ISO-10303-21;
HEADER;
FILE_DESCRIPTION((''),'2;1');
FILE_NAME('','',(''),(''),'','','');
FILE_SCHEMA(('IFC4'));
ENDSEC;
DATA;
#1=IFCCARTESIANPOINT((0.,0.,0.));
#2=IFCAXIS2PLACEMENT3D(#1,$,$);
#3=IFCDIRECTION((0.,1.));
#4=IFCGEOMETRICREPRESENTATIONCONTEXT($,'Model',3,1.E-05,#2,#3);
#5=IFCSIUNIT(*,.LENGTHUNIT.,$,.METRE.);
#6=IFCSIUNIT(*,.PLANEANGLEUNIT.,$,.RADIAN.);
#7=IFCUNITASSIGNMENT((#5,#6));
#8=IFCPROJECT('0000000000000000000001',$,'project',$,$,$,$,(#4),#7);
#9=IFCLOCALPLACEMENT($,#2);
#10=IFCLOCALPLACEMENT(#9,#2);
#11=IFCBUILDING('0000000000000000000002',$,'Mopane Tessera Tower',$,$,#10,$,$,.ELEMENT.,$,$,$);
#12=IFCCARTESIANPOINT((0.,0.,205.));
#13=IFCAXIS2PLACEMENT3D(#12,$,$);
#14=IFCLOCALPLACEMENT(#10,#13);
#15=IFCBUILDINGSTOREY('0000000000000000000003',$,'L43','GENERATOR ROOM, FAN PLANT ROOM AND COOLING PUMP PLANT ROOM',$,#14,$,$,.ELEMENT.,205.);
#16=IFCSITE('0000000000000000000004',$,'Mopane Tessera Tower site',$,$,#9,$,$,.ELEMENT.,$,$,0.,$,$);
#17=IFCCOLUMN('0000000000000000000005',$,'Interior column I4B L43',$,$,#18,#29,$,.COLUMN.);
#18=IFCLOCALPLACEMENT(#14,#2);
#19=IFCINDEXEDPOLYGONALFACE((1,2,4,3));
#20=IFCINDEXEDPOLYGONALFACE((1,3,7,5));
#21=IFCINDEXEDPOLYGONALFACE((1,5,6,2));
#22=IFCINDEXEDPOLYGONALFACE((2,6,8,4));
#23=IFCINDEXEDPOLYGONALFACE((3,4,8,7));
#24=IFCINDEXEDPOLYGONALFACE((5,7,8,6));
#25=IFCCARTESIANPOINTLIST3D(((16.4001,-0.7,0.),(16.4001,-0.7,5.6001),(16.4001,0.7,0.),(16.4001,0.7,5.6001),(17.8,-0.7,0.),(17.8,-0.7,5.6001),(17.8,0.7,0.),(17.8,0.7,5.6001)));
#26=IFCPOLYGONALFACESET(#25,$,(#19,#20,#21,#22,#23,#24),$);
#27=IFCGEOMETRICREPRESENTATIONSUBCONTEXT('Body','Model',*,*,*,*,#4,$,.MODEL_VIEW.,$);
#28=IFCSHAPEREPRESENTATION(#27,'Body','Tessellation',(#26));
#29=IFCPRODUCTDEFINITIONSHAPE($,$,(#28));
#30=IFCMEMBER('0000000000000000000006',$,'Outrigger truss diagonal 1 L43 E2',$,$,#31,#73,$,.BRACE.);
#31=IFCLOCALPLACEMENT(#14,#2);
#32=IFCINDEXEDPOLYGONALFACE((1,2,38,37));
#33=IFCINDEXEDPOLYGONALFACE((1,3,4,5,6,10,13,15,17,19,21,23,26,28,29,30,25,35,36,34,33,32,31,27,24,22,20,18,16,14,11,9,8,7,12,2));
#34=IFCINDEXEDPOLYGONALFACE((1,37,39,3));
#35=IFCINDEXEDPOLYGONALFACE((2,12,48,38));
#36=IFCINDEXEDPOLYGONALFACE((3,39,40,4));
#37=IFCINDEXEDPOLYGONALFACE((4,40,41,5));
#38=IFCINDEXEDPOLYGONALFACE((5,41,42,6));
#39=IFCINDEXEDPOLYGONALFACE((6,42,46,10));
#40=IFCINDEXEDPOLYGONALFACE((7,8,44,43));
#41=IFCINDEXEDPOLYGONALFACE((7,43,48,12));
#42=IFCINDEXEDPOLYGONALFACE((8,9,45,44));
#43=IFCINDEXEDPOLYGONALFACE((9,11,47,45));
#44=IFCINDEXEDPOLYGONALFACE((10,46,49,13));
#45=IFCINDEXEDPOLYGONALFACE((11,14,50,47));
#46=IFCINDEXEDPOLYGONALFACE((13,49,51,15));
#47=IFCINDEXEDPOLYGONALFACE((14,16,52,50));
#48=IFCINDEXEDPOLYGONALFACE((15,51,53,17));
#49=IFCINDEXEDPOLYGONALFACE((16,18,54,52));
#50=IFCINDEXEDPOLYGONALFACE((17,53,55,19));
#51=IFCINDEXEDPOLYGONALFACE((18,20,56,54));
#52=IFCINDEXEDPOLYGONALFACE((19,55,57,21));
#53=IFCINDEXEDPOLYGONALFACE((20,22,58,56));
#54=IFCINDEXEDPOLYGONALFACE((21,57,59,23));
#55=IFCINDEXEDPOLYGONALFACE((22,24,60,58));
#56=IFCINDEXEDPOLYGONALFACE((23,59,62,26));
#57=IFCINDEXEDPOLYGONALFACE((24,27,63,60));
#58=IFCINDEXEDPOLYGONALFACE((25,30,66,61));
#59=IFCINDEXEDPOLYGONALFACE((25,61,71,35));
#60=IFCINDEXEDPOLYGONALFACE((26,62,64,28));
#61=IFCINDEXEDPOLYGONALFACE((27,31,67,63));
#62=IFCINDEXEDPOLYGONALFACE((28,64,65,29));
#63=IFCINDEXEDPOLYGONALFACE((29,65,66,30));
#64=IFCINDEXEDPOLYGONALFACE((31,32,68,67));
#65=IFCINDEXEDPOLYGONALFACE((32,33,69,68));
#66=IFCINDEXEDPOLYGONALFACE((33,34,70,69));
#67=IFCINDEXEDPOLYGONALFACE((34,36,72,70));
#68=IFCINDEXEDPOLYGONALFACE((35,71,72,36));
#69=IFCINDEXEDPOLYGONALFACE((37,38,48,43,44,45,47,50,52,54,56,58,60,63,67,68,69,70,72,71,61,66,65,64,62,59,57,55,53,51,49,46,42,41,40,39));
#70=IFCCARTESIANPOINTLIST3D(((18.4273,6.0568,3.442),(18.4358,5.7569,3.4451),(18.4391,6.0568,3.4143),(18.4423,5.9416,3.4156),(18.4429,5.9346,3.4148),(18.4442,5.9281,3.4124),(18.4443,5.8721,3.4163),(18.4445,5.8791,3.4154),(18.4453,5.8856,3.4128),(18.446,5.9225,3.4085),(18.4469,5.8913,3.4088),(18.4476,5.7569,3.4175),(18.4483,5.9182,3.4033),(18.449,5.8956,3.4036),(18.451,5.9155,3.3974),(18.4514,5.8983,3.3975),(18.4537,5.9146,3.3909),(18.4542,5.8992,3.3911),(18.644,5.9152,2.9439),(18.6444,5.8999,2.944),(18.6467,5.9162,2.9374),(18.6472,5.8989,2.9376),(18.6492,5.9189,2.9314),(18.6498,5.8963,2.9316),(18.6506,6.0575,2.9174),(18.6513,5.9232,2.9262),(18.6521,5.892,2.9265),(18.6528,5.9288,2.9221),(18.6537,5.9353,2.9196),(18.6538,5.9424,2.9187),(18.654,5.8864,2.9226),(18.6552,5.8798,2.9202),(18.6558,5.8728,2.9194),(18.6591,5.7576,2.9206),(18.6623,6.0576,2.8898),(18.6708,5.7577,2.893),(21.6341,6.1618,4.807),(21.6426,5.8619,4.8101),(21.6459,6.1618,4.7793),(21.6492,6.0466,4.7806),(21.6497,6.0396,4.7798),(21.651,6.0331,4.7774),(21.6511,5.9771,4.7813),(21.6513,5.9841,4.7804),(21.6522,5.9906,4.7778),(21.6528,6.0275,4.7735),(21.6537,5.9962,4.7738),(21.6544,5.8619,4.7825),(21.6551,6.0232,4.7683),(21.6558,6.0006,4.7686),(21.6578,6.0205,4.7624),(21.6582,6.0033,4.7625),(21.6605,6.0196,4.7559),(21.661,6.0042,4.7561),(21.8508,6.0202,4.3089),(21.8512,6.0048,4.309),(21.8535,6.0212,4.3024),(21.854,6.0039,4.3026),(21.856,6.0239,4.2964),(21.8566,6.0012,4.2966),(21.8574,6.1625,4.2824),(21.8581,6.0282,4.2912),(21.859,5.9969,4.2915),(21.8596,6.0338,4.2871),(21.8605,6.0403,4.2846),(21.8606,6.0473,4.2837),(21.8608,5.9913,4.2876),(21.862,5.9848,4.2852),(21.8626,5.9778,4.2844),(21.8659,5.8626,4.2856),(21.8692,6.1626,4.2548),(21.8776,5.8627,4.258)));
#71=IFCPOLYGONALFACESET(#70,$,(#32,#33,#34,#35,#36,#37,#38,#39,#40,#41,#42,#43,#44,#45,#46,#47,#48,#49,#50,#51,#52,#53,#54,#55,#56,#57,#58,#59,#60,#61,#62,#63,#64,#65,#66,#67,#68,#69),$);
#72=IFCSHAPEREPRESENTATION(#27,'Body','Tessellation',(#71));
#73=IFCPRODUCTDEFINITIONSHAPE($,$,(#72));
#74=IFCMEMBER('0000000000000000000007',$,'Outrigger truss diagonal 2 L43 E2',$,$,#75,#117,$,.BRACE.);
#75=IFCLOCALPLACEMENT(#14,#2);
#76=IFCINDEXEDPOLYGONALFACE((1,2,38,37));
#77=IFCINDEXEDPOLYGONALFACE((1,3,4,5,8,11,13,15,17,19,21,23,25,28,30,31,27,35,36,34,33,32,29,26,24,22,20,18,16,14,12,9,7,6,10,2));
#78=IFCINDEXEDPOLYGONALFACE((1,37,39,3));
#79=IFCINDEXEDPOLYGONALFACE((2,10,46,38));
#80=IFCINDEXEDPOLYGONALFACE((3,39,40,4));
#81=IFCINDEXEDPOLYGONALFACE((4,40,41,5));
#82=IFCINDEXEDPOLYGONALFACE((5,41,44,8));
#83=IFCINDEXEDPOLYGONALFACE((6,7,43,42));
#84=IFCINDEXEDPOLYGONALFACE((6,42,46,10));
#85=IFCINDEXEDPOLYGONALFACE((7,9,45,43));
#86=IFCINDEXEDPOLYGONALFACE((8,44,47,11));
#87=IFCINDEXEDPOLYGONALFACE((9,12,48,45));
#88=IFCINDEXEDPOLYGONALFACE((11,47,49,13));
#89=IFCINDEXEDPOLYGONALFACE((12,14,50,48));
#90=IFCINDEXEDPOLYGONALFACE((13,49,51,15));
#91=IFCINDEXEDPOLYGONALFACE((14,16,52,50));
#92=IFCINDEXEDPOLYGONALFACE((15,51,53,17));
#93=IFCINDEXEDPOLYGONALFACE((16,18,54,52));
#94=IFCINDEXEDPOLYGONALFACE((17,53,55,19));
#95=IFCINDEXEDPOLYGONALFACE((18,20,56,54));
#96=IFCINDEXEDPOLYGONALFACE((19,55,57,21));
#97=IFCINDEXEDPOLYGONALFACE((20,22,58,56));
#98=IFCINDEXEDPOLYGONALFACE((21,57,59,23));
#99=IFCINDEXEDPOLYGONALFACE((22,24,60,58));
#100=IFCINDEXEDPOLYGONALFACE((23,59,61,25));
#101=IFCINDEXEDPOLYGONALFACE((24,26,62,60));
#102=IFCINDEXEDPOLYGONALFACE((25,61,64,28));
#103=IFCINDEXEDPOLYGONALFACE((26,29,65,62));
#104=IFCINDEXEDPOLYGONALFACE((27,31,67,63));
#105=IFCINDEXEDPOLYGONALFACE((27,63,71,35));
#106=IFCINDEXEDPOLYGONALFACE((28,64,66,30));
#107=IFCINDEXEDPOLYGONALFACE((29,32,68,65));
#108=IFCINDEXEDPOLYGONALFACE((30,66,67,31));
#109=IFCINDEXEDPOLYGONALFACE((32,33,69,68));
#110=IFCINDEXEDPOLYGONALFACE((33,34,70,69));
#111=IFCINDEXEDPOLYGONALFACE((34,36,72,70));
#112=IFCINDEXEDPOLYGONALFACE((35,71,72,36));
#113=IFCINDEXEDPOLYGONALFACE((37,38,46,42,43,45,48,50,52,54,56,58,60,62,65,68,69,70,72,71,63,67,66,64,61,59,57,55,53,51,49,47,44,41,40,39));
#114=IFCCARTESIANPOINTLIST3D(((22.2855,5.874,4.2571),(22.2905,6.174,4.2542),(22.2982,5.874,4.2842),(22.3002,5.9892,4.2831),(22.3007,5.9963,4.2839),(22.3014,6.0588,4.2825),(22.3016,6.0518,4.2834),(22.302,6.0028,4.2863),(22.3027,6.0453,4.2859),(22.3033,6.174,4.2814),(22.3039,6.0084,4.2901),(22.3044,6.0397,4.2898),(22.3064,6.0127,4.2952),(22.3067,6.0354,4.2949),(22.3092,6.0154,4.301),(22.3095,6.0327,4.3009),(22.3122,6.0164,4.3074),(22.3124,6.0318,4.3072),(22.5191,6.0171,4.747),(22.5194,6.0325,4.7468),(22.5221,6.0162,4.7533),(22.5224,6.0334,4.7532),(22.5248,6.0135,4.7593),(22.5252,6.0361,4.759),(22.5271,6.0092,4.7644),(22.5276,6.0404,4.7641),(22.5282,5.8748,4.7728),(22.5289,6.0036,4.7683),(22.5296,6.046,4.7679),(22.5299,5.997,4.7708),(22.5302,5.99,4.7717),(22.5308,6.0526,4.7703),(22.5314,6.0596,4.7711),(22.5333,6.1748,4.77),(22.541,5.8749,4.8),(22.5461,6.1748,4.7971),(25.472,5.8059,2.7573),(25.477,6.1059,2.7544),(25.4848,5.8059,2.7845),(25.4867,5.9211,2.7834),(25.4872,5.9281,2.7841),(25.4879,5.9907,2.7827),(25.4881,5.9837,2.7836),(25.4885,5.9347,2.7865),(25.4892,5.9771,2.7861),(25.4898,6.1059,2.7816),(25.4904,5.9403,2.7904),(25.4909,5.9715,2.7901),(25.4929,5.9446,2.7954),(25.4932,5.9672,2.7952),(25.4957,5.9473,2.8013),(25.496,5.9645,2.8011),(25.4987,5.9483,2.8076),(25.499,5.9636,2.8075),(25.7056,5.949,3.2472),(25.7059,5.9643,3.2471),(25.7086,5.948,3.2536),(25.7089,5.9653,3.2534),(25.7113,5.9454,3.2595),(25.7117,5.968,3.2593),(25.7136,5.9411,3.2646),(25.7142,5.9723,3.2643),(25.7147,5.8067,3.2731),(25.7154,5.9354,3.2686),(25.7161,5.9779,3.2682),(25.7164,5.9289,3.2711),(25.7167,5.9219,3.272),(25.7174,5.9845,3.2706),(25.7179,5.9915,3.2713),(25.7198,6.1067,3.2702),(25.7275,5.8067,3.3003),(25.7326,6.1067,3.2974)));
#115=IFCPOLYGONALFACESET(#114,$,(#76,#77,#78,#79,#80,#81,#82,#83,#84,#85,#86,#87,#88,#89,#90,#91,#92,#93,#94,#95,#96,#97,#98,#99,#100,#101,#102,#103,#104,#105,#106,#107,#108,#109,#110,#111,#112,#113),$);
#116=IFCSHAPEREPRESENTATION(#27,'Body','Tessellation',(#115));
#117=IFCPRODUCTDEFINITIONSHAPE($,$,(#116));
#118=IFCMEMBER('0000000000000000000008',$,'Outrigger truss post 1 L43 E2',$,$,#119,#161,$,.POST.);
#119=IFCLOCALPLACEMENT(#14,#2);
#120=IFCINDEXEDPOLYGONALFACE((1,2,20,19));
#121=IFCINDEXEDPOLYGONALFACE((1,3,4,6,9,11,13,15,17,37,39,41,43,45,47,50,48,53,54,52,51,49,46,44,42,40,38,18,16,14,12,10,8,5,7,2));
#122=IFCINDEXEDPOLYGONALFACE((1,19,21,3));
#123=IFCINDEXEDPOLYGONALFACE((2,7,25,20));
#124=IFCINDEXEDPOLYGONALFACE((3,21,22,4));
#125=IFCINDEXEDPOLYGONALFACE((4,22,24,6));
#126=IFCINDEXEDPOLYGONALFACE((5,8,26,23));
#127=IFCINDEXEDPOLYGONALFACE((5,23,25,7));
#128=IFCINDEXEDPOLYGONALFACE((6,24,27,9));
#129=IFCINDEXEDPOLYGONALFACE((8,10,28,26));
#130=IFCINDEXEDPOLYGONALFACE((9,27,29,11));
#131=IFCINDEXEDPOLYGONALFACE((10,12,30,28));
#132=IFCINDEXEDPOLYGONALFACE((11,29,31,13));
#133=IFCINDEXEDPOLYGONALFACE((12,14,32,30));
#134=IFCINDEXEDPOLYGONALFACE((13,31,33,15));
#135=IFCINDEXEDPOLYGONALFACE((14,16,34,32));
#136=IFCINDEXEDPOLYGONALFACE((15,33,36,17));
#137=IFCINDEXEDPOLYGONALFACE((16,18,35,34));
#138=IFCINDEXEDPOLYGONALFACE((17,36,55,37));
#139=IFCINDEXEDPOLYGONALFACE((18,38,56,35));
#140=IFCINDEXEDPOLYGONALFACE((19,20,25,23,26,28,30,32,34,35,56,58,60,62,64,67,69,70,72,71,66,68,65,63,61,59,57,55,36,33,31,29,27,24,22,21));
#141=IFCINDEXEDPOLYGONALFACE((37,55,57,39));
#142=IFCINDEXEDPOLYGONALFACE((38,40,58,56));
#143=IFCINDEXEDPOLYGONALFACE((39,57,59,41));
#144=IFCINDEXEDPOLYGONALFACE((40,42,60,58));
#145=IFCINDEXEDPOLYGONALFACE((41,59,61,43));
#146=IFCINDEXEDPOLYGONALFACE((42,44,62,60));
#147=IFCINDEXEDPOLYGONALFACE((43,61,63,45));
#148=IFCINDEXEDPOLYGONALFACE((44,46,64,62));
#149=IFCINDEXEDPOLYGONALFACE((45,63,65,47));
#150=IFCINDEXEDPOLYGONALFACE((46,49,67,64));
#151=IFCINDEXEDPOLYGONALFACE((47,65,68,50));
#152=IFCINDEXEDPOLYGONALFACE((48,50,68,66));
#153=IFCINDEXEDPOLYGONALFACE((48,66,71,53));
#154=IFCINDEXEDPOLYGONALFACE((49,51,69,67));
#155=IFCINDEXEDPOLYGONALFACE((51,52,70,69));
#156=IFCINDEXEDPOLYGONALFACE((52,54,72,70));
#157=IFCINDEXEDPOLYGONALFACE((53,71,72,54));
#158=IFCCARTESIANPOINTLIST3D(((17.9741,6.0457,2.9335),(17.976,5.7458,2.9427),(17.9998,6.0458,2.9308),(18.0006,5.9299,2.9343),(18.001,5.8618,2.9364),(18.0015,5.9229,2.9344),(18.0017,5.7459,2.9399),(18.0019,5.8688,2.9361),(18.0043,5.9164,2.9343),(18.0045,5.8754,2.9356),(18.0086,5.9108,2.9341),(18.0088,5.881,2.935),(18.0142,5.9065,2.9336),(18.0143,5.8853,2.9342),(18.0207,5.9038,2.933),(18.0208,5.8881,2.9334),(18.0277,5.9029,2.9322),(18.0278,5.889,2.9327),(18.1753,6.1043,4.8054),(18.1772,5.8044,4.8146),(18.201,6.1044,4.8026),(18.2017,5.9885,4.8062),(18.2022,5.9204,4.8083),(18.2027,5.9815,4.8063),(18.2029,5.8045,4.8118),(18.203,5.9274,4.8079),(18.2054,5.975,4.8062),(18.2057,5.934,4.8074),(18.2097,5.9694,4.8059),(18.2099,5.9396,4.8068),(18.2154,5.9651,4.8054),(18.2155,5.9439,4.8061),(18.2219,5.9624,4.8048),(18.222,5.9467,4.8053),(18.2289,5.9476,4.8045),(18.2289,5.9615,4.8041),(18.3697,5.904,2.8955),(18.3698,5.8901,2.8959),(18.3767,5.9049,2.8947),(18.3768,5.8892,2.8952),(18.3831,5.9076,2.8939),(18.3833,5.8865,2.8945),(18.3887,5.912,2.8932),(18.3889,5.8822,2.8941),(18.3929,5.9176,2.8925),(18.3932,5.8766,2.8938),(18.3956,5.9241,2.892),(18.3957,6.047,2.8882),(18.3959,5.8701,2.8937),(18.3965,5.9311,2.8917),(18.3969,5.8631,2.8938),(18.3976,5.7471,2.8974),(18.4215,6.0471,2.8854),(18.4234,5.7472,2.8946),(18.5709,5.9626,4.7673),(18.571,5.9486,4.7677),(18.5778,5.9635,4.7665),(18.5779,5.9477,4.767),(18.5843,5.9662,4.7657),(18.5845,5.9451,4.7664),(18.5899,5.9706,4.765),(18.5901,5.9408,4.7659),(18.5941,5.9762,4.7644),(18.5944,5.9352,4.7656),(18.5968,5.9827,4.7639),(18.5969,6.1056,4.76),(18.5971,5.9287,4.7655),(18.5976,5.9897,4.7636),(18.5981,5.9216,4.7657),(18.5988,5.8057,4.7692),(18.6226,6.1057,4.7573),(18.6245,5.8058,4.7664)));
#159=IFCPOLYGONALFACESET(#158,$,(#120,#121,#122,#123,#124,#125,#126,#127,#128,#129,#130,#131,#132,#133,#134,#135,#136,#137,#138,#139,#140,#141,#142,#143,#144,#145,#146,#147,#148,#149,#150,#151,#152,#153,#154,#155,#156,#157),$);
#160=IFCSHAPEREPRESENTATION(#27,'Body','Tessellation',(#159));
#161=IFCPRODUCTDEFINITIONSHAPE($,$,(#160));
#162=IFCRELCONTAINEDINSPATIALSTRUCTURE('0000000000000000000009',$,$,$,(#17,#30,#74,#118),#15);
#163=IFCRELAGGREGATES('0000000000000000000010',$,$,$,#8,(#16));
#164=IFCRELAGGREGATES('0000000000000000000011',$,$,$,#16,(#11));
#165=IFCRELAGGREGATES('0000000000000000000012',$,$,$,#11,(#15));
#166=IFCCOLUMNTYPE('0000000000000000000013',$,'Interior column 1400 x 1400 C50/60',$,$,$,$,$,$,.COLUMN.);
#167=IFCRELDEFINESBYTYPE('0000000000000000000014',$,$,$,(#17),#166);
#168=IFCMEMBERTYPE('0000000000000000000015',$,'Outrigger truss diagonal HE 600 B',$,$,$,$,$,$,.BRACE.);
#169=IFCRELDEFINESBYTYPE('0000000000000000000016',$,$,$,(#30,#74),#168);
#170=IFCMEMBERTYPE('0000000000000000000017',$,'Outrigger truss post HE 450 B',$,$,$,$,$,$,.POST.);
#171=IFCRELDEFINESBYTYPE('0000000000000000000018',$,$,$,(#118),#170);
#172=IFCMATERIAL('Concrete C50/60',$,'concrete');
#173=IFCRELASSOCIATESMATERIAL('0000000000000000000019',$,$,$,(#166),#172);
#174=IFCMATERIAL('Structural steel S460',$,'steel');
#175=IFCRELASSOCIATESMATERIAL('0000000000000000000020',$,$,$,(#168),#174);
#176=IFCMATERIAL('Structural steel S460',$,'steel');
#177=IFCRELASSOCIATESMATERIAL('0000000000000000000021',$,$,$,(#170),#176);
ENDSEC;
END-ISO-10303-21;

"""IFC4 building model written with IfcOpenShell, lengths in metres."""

from ifc_helpers import new_model, si_unit, direction, frame, origin, origin_2d, place, context, subcontext, project, spatial, rectangle, i_section, extrude, material, material_profile, profile_set, type_object, element, save


model = new_model("IFC4")

# Units and contexts
model_context = context("Model", 3, precision=1e-05, world=origin(), true_north=direction((0.0, 1.0)))
body_context = subcontext(model_context, "Body", "Model", "MODEL_VIEW")
ifc_project = project(units=[si_unit("LENGTHUNIT", "METRE"), si_unit("PLANEANGLEUNIT", "RADIAN")], contexts=[model_context])

# Site, building, storey
site_placement = place(None, origin())
site = spatial("IfcSite", under=ifc_project, at=site_placement, Name="Mopane Tessera Tower site", CompositionType="ELEMENT", RefElevation=0.0)
building_placement = place(site_placement, origin())
building = spatial("IfcBuilding", under=site, at=building_placement, Name="Mopane Tessera Tower", CompositionType="ELEMENT")
storey_placement = place(building_placement, frame((0.0, 0.0, 205.0)))
storey = spatial("IfcBuildingStorey", under=building, at=storey_placement, Name="L43", Description="GENERATOR ROOM, FAN PLANT ROOM AND COOLING PUMP PLANT ROOM", CompositionType="ELEMENT", Elevation=205.0)

# Column
ifc_material_1 = material(Name="Concrete C50/60", Category="concrete")
ifc_material_profile_1 = material_profile(ifc_material_1, rectangle(XDim=1.3999, YDim=1.3999, at=origin_2d()))
ifc_profile_set_1 = profile_set([ifc_material_profile_1], Name="Concrete C50/60")
column_type = type_object("IfcColumnType", Name="Interior column 1400 x 1400 C50/60", PredefinedType="COLUMN", material=ifc_profile_set_1)
column_placement = place(storey_placement, frame((17.1001, 0.0, 0.0), z_axis=(0.0, 0.0, 1.0), x_axis=(1.0, 0.0, 0.0)))
element("IfcColumn", 1, at=column_placement, inside=storey, type_object=column_type, Name="Interior column I4B L43", PredefinedType="COLUMN", context=body_context, shape_type="SweptSolid", body=[
    extrude(rectangle(XDim=1.3999, YDim=1.3999, at=origin_2d()), origin(), (0.0, 0.0, 1.0), 5.6001),
])

# Members
ifc_material_2 = material(Name="Structural steel S460", Category="steel")
ifc_material_profile_2 = material_profile(ifc_material_2, i_section(OverallWidth=0.3, OverallDepth=0.6001, WebThickness=0.0154, FlangeThickness=0.03, FilletRadius=0.0271, at=origin_2d()))
ifc_profile_set_2 = profile_set([ifc_material_profile_2], Name="Structural steel S460")
member_type_1 = type_object("IfcMemberType", Name="Outrigger truss diagonal HE 600 B", PredefinedType="BRACE", material=ifc_profile_set_2)
member_1_placement = place(storey_placement, frame((18.5491, 5.9072, 3.1675), z_axis=(0.919696, 0.030108, 0.391475), x_axis=(-0.028225, 0.999546, -0.010565)))
element("IfcMember", 2, at=member_1_placement, inside=storey, type_object=member_type_1, Name="Outrigger truss diagonal 1 L43 E2", PredefinedType="BRACE", context=body_context, shape_type="SweptSolid", body=[
    extrude(i_section(OverallWidth=0.3, OverallDepth=0.6001, WebThickness=0.0154, FlangeThickness=0.03, FilletRadius=0.0271, at=origin_2d()), origin(), (0.0, 0.0, 1.0), 3.4868),
])
member_2_placement = place(storey_placement, frame((22.4158, 6.0244, 4.5271), z_axis=(0.904626, -0.019337, -0.425767), x_axis=(0.016879, 0.999812, -0.009546)))
element("IfcMember", 3, at=member_2_placement, inside=storey, type_object=member_type_1, Name="Outrigger truss diagonal 2 L43 E2", PredefinedType="BRACE", context=body_context, shape_type="SweptSolid", body=[
    extrude(i_section(OverallWidth=0.3, OverallDepth=0.6001, WebThickness=0.0154, FlangeThickness=0.03, FilletRadius=0.0271, at=origin_2d()), origin(), (0.0, 0.0, 1.0), 3.5225),
])
ifc_material_3 = material(Name="Structural steel S460", Category="steel")
ifc_material_profile_3 = material_profile(ifc_material_3, i_section(OverallWidth=0.3, OverallDepth=0.45, WebThickness=0.0139, FlangeThickness=0.0259, FilletRadius=0.0271, at=origin_2d()))
ifc_profile_set_3 = profile_set([ifc_material_profile_3], Name="Structural steel S460")
member_type_2 = type_object("IfcMemberType", Name="Outrigger truss post HE 450 B", PredefinedType="POST", material=ifc_profile_set_3)
member_3_placement = place(storey_placement, frame((18.1987, 5.8965, 2.9141), z_axis=(0.106807, 0.031109, 0.993793), x_axis=(-0.006359, 0.999511, -0.030604)))
element("IfcMember", 4, at=member_3_placement, inside=storey, type_object=member_type_2, Name="Outrigger truss post 1 L43 E2", PredefinedType="POST", context=body_context, shape_type="SweptSolid", body=[
    extrude(i_section(OverallWidth=0.3, OverallDepth=0.45, WebThickness=0.0139, FlangeThickness=0.0259, FilletRadius=0.0271, at=origin_2d()), origin(), (0.0, 0.0, 1.0), 1.8835),
])

save(model, "model.ifc")
